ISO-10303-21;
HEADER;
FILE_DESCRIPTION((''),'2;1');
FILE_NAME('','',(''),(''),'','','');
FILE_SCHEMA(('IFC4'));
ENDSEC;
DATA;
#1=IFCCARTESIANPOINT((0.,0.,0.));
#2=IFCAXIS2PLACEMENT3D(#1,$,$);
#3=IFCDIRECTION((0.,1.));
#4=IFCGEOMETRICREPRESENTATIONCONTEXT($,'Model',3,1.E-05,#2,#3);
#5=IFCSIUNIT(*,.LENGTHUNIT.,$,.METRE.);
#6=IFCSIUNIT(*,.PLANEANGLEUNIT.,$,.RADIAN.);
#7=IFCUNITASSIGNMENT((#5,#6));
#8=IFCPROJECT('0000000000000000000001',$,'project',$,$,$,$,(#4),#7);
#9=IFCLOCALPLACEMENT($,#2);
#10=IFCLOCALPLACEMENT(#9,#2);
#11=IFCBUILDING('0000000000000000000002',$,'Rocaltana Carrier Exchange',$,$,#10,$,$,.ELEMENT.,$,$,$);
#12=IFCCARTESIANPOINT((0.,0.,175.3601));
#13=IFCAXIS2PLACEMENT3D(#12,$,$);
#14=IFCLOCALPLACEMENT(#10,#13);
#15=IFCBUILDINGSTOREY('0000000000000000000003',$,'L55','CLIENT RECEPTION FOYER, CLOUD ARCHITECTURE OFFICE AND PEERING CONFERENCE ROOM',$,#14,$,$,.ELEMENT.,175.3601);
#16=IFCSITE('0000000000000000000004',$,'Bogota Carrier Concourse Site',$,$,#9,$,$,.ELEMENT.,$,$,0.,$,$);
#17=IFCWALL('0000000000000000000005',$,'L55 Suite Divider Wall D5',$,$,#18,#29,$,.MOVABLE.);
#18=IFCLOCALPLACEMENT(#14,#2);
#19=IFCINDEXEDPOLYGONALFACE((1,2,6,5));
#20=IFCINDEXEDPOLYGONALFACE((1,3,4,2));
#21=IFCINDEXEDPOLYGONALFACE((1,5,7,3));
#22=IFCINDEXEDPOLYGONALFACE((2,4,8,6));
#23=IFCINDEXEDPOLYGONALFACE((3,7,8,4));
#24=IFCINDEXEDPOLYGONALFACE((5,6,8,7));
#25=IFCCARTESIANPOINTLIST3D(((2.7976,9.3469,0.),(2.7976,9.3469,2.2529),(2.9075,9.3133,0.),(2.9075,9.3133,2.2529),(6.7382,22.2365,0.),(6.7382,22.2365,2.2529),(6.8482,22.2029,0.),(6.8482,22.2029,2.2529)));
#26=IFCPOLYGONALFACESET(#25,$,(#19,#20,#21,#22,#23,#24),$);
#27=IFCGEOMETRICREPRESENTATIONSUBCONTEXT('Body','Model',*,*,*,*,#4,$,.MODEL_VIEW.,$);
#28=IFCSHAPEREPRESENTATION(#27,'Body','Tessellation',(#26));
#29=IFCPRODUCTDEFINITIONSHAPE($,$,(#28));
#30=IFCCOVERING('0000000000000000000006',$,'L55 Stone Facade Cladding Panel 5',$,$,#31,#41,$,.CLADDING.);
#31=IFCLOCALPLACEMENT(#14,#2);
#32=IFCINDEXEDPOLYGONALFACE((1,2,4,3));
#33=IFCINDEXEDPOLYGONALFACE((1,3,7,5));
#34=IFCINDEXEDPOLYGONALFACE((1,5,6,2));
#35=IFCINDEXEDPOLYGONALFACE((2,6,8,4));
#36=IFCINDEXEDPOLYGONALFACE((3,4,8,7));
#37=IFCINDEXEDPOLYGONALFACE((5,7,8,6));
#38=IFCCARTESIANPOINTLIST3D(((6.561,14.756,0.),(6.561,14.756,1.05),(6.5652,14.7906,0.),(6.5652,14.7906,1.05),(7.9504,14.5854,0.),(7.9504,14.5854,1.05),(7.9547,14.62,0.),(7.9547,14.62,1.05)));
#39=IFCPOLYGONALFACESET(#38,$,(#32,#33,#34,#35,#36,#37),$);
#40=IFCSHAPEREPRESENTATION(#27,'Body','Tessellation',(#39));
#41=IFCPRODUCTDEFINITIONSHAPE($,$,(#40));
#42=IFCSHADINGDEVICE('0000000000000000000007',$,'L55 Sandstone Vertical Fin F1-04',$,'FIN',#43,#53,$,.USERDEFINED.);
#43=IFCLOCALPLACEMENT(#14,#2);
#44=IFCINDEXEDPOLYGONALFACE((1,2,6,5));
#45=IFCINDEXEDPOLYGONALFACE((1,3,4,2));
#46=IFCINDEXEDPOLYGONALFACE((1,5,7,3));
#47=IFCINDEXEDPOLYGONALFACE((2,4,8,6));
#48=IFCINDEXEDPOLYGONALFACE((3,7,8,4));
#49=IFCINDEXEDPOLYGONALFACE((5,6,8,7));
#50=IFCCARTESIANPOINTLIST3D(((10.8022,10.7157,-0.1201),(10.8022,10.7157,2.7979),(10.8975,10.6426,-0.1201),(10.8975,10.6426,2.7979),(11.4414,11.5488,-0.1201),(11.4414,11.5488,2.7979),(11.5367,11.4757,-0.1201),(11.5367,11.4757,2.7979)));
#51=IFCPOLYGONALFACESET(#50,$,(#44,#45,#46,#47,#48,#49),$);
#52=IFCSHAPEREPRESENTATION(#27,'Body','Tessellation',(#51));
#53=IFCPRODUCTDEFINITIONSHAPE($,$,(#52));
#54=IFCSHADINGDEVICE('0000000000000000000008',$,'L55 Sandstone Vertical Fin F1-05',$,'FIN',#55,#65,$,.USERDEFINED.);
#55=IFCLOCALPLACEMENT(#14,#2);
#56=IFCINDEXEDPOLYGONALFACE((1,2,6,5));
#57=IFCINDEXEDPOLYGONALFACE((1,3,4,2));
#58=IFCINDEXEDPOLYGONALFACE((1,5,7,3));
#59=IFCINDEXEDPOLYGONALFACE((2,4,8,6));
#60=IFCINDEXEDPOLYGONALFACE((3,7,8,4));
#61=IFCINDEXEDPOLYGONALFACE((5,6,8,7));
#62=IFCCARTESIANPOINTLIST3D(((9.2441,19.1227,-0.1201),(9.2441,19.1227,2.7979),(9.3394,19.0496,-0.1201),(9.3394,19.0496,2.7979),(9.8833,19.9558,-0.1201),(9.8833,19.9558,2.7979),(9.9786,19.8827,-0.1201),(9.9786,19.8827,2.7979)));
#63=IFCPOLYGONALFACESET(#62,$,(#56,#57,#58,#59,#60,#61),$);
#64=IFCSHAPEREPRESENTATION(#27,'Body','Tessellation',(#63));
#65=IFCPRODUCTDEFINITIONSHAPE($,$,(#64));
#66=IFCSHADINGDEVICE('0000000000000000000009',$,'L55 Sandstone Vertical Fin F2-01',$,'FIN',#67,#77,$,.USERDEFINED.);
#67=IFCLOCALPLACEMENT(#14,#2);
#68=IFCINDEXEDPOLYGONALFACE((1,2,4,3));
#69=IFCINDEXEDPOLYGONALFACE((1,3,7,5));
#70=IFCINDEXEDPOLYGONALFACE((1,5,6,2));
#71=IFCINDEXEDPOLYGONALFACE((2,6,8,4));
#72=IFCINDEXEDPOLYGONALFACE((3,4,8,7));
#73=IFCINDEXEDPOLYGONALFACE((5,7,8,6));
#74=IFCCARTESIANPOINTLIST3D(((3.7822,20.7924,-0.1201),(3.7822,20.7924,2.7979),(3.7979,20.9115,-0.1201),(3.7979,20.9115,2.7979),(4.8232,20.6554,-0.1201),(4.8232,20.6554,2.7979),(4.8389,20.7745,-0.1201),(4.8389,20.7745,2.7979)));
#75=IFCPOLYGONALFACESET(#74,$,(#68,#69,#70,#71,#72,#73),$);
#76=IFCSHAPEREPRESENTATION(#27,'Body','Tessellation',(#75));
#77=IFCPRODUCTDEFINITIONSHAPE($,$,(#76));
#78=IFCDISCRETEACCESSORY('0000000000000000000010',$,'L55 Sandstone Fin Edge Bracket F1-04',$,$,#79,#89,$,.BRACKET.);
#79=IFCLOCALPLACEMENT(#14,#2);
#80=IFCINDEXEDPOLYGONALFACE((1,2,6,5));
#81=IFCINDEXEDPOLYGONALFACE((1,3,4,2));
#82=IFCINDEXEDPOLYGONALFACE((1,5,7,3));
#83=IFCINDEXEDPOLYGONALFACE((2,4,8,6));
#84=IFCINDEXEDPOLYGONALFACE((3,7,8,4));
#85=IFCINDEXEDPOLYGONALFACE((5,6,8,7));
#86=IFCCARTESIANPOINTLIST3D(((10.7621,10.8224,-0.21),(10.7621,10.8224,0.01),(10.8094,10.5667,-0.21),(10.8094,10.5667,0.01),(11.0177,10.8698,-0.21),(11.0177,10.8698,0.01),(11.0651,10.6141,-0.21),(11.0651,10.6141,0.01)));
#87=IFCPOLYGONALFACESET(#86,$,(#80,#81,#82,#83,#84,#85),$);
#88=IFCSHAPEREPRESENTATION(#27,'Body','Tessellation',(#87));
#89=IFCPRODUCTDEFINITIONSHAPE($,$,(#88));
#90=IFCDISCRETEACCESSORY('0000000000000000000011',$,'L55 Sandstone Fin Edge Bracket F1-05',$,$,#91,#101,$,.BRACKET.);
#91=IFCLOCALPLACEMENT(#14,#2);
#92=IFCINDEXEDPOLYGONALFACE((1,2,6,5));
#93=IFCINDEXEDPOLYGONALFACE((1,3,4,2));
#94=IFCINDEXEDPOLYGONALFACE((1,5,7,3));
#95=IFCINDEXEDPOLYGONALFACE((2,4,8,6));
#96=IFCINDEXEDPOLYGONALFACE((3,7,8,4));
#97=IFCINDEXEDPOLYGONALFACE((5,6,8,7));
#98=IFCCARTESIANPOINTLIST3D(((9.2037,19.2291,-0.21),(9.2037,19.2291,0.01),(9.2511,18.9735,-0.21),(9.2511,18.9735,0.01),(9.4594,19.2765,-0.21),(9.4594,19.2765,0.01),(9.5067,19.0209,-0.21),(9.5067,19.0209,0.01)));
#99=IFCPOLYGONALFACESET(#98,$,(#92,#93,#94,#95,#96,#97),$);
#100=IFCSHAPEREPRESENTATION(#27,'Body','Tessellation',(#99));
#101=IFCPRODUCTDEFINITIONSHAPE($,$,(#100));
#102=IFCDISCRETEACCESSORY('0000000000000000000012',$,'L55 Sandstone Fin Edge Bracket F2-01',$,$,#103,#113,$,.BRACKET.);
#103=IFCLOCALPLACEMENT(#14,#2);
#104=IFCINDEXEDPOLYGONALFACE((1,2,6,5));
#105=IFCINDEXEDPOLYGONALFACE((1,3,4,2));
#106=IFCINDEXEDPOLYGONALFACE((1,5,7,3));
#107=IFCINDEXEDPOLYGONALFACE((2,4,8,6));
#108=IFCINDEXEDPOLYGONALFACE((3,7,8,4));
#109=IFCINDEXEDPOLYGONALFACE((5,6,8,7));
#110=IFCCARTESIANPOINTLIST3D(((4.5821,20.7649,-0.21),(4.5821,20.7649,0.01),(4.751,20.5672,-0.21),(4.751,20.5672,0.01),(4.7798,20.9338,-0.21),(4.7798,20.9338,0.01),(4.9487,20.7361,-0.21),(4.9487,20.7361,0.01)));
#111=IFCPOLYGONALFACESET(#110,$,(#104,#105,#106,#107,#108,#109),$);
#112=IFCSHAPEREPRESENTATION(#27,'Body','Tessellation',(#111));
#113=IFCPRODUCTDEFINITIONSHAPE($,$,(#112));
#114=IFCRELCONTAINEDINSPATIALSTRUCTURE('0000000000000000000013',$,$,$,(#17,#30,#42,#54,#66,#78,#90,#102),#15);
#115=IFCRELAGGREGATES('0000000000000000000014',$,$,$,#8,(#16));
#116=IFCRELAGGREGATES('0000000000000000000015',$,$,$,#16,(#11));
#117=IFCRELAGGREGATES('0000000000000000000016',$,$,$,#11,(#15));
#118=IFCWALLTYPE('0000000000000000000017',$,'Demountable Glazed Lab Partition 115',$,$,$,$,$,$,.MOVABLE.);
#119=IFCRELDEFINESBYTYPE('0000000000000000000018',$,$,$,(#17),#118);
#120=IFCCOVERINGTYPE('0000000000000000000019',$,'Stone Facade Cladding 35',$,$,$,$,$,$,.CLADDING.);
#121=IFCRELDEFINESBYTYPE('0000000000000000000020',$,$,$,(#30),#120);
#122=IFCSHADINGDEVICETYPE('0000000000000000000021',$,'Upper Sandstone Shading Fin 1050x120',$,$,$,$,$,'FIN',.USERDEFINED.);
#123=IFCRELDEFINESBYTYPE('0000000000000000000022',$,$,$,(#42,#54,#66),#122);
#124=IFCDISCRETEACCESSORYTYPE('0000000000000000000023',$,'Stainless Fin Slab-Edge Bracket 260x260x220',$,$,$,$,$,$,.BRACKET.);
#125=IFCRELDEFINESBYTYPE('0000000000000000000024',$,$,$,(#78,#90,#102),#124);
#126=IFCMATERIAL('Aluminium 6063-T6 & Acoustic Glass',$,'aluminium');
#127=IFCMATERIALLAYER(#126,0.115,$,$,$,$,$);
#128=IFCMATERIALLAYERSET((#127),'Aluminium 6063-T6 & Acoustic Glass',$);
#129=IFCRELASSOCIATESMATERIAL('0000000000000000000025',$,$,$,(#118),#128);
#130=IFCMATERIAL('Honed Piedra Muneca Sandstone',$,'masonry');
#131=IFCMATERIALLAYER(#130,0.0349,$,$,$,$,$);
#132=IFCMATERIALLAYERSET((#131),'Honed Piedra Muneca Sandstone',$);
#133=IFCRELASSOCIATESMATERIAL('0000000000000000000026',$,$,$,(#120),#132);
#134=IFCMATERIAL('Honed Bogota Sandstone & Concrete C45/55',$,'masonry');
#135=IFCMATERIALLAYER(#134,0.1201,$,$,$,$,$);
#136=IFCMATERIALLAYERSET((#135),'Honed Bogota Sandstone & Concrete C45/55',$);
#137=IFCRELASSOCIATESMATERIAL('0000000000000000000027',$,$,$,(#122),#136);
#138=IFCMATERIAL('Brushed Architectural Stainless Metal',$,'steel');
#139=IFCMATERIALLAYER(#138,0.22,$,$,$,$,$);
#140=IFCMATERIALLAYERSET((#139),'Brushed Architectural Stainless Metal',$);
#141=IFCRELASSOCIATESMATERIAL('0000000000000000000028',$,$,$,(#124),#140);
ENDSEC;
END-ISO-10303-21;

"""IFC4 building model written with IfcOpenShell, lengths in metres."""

from ifc_helpers import new_model, si_unit, direction, frame, frame_2d, origin, origin_2d, place, context, subcontext, project, spatial, rectangle, extrude, material, layer, layer_set, type_object, element, save


model = new_model("IFC4")

# Units and contexts
model_context = context("Model", 3, precision=1e-05, world=origin(), true_north=direction((0.0, 1.0)))
body_context = subcontext(model_context, "Body", "Model", "MODEL_VIEW")
ifc_project = project(units=[si_unit("LENGTHUNIT", "METRE"), si_unit("PLANEANGLEUNIT", "RADIAN")], contexts=[model_context])

# Site, building, storey
site_placement = place(None, origin())
site = spatial("IfcSite", under=ifc_project, at=site_placement, Name="Bogota Carrier Concourse Site", CompositionType="ELEMENT", RefElevation=0.0)
building_placement = place(site_placement, origin())
building = spatial("IfcBuilding", under=site, at=building_placement, Name="Rocaltana Carrier Exchange", CompositionType="ELEMENT")
storey_placement = place(building_placement, frame((0.0, 0.0, 175.3601)))
storey = spatial("IfcBuildingStorey", under=building, at=storey_placement, Name="L55", Description="CLIENT RECEPTION FOYER, CLOUD ARCHITECTURE OFFICE AND PEERING CONFERENCE ROOM", CompositionType="ELEMENT", Elevation=175.3601)

# Wall
ifc_material_1 = material(Name="Aluminium 6063-T6 & Acoustic Glass", Category="aluminium")
ifc_layer_1 = layer(ifc_material_1, 0.115)
ifc_layer_set_1 = layer_set([ifc_layer_1], Name="Aluminium 6063-T6 & Acoustic Glass")
wall_type_1 = type_object("IfcWallType", Name="Demountable Glazed Lab Partition 115", PredefinedType="MOVABLE", material=ifc_layer_set_1)
wall_1_placement = place(storey_placement, frame((2.8525, 9.3301, 0.0), z_axis=(0.0, 0.0, 1.0), x_axis=(0.292366, 0.956307, 0.0)))
element("IfcWall", 1, at=wall_1_placement, inside=storey, type_object=wall_type_1, Name="L55 Suite Divider Wall D5", PredefinedType="MOVABLE", context=body_context, shape_type="SweptSolid", body=[
    extrude(rectangle(XDim=13.4785, YDim=0.115, at=frame_2d((6.7393, 0.0))), origin(), (0.0, 0.0, 1.0), 2.2529),
])

# Covering
ifc_material_2 = material(Name="Honed Piedra Muneca Sandstone", Category="masonry")
ifc_layer_2 = layer(ifc_material_2, 0.0349)
ifc_layer_set_2 = layer_set([ifc_layer_2], Name="Honed Piedra Muneca Sandstone")
covering_type = type_object("IfcCoveringType", Name="Stone Facade Cladding 35", PredefinedType="CLADDING", material=ifc_layer_set_2)
covering_placement = place(storey_placement, frame((7.2578, 14.688, 0.0), z_axis=(0.0, 0.0, 1.0), x_axis=(-0.992546, 0.121869, 0.0)))
element("IfcCovering", 2, at=covering_placement, inside=storey, type_object=covering_type, Name="L55 Stone Facade Cladding Panel 5", PredefinedType="CLADDING", context=body_context, shape_type="SweptSolid", body=[
    extrude(rectangle(XDim=1.3999, YDim=0.0349, at=origin_2d()), origin(), (0.0, 0.0, 1.0), 1.05),
])

# Shading devices
ifc_material_3 = material(Name="Honed Bogota Sandstone & Concrete C45/55", Category="masonry")
ifc_layer_3 = layer(ifc_material_3, 0.1201)
ifc_layer_set_3 = layer_set([ifc_layer_3], Name="Honed Bogota Sandstone & Concrete C45/55")
shading_device_type = type_object("IfcShadingDeviceType", Name="Upper Sandstone Shading Fin 1050x120", ElementType="FIN", PredefinedType="USERDEFINED", material=ifc_layer_set_3)
for number, where, z_axis, x_axis, name in (
    (3, (11.1694, 11.0957, -0.1201), (0.0, 0.0, 1.0), (0.608761, 0.793353, 0.0), "L55 Sandstone Vertical Fin F1-04"),
    (4, (9.6113, 19.5027, -0.1201), (0.0, 0.0, 1.0), (0.608761, 0.793353, 0.0), "L55 Sandstone Vertical Fin F1-05"),
    (5, (4.3105, 20.7834, -0.1201), (0.0, 0.0, 1.0), (-0.991445, 0.130526, 0.0), "L55 Sandstone Vertical Fin F2-01"),
):
    element("IfcShadingDevice", number, at=place(storey_placement, frame(where, z_axis=z_axis, x_axis=x_axis)), inside=storey, type_object=shading_device_type, Name=name, ObjectType="FIN", PredefinedType="USERDEFINED", context=body_context, shape_type="SweptSolid", body=[
        extrude(rectangle(XDim=1.05, YDim=0.1201, at=origin_2d()), origin(), (0.0, 0.0, 1.0), 2.918),
    ])

# Discrete accessories
ifc_material_4 = material(Name="Brushed Architectural Stainless Metal", Category="steel")
ifc_layer_4 = layer(ifc_material_4, 0.22)
ifc_layer_set_4 = layer_set([ifc_layer_4], Name="Brushed Architectural Stainless Metal")
discrete_accessory_type = type_object("IfcDiscreteAccessoryType", Name="Stainless Fin Slab-Edge Bracket 260x260x220", PredefinedType="BRACKET", material=ifc_layer_set_4)
for number, where, z_axis, x_axis, name in (
    (6, (10.9136, 10.7183, -0.21), (0.0, 0.0, 1.0), (-0.182236, 0.983255, 0.0), "L55 Sandstone Fin Edge Bracket F1-04"),
    (7, (9.3552, 19.125, -0.21), (0.0, 0.0, 1.0), (-0.182236, 0.983255, 0.0), "L55 Sandstone Fin Edge Bracket F1-05"),
    (8, (4.7654, 20.7505, -0.21), (0.0, 0.0, 1.0), (-0.760406, -0.649448, 0.0), "L55 Sandstone Fin Edge Bracket F2-01"),
):
    element("IfcDiscreteAccessory", number, at=place(storey_placement, frame(where, z_axis=z_axis, x_axis=x_axis)), inside=storey, type_object=discrete_accessory_type, Name=name, PredefinedType="BRACKET", context=body_context, shape_type="SweptSolid", body=[
        extrude(rectangle(XDim=0.26, YDim=0.26, at=origin_2d()), origin(), (0.0, 0.0, 1.0), 0.22),
    ])

save(model, "model.ifc")
